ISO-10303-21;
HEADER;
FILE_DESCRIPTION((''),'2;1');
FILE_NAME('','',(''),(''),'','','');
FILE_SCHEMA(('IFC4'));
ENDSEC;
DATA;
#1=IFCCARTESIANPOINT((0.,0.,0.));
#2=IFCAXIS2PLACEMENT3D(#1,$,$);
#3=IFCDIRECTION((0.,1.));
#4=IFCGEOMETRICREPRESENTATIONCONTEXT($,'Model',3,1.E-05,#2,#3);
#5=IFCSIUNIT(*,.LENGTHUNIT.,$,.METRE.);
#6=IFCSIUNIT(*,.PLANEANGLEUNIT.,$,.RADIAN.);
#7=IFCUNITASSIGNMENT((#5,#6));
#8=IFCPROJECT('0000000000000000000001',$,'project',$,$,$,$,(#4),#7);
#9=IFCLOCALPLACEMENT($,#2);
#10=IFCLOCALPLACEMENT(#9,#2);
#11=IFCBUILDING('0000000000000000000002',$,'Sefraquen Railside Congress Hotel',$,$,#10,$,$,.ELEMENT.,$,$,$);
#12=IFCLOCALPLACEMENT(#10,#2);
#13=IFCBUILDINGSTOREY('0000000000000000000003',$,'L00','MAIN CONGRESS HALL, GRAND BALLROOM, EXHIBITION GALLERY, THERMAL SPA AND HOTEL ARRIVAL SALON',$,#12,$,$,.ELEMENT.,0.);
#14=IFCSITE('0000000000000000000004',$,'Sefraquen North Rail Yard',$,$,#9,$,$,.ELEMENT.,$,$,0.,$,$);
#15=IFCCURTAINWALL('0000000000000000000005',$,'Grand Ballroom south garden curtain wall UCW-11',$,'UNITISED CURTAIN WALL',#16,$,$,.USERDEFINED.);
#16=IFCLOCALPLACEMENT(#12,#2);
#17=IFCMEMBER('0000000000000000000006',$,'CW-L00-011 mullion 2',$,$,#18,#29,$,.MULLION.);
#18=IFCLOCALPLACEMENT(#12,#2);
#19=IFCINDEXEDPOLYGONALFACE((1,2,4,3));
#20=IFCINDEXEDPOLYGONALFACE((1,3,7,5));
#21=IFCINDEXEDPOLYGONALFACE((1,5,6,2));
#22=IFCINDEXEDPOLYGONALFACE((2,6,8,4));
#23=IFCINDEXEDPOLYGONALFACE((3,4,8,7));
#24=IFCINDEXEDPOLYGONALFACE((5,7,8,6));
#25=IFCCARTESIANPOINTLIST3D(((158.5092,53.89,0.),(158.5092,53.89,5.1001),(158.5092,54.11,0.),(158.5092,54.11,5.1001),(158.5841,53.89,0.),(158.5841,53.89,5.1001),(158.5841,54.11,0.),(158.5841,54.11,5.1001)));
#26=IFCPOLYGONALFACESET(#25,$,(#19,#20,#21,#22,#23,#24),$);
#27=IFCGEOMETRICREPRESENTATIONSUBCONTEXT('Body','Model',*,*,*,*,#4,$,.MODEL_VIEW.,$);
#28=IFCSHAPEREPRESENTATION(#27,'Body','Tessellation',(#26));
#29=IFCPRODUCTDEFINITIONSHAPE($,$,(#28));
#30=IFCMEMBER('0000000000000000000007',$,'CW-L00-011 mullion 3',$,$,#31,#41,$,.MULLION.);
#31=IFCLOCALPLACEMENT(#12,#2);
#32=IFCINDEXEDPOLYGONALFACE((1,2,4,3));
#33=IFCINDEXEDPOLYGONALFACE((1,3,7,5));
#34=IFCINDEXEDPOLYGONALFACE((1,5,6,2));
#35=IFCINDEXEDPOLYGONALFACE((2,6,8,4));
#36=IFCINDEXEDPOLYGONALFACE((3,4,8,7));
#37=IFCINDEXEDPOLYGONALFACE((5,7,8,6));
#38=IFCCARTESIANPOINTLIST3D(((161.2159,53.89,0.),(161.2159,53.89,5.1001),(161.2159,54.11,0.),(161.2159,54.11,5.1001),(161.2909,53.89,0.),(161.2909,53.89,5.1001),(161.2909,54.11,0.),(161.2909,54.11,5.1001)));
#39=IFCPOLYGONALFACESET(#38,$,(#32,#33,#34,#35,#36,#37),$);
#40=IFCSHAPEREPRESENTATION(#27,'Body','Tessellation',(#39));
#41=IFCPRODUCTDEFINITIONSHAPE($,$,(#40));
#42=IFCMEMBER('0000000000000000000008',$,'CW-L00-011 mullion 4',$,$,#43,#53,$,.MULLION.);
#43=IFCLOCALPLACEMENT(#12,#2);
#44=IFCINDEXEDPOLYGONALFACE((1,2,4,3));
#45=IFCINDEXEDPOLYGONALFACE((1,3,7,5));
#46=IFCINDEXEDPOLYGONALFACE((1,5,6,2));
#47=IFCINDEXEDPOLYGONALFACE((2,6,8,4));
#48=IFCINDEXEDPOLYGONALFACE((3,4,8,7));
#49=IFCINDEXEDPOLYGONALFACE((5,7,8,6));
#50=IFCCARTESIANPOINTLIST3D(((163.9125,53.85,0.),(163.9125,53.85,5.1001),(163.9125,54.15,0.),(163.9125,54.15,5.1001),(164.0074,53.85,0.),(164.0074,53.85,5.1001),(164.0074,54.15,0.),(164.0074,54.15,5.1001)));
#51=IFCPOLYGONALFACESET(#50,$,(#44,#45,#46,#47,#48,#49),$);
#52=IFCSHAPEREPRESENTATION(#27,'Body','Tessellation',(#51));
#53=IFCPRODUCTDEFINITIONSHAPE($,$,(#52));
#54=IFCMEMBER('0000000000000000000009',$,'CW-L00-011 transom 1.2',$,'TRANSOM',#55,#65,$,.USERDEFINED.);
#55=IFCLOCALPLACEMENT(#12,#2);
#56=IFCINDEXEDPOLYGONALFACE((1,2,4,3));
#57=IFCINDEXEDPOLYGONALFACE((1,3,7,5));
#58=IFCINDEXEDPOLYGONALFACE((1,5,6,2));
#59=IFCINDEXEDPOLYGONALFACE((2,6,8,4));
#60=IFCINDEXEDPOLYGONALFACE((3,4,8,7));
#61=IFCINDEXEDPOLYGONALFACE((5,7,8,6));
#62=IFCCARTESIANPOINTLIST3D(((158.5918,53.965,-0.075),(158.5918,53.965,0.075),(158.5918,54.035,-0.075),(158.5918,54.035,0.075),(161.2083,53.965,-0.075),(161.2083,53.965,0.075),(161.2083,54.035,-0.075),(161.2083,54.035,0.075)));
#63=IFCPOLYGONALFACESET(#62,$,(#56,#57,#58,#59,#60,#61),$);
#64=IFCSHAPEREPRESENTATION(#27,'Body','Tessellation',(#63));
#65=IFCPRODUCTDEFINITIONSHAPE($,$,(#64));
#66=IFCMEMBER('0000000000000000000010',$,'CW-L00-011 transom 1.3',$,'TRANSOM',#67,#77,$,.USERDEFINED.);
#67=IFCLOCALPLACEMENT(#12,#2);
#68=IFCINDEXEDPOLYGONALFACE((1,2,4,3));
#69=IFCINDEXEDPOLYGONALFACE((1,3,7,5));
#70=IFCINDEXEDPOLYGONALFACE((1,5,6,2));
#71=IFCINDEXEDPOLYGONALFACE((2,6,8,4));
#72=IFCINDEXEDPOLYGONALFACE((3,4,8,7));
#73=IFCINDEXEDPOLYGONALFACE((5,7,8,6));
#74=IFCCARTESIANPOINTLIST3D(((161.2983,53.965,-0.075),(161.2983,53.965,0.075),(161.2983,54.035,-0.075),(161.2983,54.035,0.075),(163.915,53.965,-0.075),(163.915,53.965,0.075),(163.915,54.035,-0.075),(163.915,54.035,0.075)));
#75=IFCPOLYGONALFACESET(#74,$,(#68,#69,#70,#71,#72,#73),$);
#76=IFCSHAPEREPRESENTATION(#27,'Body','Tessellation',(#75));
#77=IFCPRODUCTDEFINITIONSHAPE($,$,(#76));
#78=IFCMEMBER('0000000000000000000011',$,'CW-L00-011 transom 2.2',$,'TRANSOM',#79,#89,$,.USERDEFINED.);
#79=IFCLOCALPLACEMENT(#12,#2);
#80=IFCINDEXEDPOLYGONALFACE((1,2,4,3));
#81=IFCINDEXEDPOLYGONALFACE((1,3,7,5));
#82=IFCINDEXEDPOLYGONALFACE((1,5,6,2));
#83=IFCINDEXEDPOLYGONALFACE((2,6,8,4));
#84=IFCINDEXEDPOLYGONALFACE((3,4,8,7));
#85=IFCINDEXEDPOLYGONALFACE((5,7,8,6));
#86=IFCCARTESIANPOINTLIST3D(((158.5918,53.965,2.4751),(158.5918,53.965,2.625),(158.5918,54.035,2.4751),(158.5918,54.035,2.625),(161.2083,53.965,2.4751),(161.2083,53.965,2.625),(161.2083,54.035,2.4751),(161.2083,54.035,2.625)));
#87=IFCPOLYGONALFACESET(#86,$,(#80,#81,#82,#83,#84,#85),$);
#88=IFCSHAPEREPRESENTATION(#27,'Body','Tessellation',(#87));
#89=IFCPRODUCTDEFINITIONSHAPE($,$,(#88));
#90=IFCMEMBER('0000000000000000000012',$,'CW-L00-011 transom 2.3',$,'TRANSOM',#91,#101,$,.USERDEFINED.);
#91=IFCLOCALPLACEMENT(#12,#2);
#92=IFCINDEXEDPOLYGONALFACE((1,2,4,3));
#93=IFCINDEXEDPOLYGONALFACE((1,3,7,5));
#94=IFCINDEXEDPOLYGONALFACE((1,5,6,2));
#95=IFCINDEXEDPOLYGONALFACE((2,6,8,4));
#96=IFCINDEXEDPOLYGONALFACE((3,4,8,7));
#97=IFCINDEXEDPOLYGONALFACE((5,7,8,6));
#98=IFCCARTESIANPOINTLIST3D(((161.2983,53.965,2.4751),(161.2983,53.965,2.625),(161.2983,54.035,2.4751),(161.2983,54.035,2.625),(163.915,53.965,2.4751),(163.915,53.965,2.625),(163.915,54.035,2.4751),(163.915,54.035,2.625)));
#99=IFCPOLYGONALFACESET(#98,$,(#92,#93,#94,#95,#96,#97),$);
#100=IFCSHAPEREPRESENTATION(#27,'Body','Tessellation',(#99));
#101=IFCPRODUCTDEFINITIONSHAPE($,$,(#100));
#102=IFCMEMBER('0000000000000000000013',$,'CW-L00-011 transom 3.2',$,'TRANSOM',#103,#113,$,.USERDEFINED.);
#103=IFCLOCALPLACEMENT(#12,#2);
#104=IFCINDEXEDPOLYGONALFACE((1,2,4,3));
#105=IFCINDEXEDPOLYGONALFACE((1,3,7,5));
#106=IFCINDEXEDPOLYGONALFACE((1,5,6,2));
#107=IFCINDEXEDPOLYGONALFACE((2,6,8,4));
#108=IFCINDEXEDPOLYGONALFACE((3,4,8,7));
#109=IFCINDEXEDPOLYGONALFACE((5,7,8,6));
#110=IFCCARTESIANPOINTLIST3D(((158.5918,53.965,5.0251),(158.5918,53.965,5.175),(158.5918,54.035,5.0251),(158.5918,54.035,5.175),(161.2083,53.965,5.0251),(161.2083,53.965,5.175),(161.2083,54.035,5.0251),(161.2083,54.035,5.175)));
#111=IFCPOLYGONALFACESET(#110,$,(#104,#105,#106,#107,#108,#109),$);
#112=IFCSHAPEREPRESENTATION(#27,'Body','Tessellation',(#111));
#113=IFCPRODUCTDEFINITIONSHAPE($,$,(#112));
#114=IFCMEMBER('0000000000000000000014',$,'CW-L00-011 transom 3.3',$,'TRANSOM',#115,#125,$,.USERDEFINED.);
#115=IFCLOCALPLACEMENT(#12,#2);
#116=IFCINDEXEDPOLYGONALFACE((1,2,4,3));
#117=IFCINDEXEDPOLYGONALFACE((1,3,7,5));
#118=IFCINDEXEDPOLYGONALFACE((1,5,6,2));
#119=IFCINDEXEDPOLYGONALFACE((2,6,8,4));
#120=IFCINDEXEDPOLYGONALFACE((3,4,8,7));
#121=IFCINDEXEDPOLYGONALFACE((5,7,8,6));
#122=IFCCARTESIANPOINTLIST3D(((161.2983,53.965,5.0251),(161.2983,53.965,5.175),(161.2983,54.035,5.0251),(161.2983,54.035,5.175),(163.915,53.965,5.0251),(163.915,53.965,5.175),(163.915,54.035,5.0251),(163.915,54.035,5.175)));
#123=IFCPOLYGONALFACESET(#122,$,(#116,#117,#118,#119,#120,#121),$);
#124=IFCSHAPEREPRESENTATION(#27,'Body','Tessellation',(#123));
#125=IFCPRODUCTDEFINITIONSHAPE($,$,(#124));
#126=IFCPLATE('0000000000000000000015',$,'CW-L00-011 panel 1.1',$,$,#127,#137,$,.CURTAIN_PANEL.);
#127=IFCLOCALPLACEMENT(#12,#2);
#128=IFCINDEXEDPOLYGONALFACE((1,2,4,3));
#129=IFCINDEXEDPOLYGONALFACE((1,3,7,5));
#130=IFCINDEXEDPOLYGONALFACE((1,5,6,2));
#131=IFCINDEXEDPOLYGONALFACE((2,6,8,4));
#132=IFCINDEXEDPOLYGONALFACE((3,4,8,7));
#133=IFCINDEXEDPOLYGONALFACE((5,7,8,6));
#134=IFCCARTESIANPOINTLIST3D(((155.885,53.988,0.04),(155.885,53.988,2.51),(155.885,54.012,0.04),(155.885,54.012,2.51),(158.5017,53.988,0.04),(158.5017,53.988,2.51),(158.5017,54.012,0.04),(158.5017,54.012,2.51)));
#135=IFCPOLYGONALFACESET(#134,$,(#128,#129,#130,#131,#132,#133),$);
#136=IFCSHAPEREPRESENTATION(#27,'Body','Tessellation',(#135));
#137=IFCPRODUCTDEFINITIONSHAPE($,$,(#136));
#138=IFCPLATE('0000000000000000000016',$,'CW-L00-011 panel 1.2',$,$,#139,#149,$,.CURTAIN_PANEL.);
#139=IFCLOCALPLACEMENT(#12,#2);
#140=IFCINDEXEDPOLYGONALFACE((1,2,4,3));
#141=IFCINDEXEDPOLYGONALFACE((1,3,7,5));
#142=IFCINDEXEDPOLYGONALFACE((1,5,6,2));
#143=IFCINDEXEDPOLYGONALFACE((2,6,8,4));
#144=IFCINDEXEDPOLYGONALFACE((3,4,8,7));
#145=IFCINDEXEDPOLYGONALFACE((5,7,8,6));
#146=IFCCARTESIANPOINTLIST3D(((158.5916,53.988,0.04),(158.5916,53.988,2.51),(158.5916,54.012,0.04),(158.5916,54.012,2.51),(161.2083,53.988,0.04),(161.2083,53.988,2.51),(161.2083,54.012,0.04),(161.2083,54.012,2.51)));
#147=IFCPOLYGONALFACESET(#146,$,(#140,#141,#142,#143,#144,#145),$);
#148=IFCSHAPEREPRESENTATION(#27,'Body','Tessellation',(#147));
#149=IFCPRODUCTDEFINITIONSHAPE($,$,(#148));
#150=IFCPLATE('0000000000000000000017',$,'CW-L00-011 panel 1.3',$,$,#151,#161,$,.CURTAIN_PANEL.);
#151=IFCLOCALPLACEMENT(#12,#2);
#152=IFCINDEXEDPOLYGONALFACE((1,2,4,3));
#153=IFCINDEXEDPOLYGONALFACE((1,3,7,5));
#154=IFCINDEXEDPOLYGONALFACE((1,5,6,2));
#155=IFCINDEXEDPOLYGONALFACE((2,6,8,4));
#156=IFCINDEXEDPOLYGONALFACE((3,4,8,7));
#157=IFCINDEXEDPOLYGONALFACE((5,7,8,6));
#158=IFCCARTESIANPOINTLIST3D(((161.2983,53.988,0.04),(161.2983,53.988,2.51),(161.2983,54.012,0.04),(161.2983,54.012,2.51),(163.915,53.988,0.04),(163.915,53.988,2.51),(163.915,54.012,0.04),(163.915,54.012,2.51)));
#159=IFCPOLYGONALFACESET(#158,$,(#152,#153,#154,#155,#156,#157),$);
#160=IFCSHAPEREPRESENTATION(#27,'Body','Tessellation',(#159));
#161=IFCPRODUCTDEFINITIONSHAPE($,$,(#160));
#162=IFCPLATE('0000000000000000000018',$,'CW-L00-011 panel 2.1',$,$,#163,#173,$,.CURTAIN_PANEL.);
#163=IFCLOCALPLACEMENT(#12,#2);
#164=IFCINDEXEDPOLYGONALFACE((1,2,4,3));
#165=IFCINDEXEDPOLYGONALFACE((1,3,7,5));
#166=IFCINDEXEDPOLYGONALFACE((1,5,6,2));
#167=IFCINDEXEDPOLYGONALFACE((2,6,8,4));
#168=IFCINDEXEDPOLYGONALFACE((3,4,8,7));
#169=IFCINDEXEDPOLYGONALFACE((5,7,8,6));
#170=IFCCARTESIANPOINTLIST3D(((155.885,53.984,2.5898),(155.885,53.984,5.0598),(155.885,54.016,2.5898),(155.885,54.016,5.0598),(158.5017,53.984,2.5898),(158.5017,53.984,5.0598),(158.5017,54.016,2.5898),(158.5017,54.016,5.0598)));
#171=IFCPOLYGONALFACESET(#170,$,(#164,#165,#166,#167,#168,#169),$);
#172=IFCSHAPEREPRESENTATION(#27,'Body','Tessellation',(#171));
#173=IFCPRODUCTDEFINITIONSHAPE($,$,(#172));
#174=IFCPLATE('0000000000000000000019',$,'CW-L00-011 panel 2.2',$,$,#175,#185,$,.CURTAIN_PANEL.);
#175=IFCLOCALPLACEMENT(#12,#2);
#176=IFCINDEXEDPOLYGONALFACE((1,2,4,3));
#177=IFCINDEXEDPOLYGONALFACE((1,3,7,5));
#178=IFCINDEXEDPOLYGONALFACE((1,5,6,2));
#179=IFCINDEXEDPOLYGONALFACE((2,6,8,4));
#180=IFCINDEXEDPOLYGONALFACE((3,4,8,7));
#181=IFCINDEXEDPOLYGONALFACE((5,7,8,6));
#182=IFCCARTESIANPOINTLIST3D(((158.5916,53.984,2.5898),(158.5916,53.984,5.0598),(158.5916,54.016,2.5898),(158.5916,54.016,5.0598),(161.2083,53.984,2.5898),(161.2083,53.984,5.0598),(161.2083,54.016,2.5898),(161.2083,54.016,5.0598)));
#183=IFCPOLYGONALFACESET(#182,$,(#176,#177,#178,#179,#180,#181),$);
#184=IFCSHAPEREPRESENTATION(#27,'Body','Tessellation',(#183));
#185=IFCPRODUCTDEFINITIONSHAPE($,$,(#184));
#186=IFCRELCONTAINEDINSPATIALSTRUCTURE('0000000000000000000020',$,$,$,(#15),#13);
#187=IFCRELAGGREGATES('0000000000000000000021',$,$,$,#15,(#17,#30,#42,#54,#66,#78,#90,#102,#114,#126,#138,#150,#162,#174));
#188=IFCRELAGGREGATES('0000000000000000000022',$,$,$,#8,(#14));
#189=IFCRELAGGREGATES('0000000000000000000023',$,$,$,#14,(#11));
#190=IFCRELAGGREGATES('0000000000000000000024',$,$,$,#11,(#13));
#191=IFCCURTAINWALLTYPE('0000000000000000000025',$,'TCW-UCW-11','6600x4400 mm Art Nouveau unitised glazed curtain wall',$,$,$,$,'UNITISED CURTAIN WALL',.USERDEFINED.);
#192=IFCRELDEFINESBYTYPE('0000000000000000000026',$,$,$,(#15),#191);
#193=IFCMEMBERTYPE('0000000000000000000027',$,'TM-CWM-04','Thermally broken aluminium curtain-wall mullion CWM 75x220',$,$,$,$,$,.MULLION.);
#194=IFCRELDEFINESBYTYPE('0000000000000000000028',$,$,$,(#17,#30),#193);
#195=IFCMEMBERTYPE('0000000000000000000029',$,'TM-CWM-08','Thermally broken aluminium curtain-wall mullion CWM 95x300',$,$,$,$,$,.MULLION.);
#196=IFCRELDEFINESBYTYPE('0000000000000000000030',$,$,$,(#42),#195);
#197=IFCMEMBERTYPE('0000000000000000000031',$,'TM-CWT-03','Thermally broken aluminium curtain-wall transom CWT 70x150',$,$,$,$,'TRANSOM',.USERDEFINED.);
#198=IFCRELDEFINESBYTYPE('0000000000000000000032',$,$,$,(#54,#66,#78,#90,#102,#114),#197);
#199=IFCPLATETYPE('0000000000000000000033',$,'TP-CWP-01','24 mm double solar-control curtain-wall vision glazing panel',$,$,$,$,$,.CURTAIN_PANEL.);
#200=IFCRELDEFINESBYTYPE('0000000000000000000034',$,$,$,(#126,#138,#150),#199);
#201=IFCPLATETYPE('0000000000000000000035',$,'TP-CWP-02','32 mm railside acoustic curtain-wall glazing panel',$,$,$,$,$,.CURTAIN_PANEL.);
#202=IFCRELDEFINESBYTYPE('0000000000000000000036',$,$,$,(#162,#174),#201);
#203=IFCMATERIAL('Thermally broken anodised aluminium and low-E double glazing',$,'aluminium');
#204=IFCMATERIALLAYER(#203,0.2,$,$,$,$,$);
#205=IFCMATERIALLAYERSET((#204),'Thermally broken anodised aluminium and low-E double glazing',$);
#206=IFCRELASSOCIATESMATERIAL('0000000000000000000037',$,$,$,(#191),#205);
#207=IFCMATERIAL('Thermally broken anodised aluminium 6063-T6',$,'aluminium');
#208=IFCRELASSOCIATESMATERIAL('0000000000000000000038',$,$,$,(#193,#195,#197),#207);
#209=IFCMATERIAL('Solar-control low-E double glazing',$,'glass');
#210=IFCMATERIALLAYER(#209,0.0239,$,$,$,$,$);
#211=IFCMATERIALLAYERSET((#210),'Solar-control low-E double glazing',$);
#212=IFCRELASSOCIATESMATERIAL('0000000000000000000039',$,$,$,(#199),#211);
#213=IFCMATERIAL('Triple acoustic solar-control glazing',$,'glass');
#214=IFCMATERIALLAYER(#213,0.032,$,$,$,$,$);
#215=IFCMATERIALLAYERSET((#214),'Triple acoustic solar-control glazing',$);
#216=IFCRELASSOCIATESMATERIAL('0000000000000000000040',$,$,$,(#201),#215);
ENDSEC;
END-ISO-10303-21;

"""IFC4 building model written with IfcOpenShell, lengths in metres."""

from ifc_helpers import new_model, si_unit, direction, frame, origin, origin_2d, place, context, subcontext, project, spatial, rectangle, extrude, material, layer, layer_set, material_profile, profile_set, type_object, element, aggregate, save


model = new_model("IFC4")

# Units and contexts
model_context = context("Model", 3, precision=1e-05, world=origin(), true_north=direction((0.0, 1.0)))
body_context = subcontext(model_context, "Body", "Model", "MODEL_VIEW")
ifc_project = project(units=[si_unit("LENGTHUNIT", "METRE"), si_unit("PLANEANGLEUNIT", "RADIAN")], contexts=[model_context])

# Site, building, storey
site_placement = place(None, origin())
site = spatial("IfcSite", under=ifc_project, at=site_placement, Name="Sefraquen North Rail Yard", CompositionType="ELEMENT", RefElevation=0.0)
building_placement = place(site_placement, origin())
building = spatial("IfcBuilding", under=site, at=building_placement, Name="Sefraquen Railside Congress Hotel", CompositionType="ELEMENT")
storey_placement = place(building_placement, origin())
storey = spatial("IfcBuildingStorey", under=building, at=storey_placement, Name="L00", Description="MAIN CONGRESS HALL, GRAND BALLROOM, EXHIBITION GALLERY, THERMAL SPA AND HOTEL ARRIVAL SALON", CompositionType="ELEMENT", Elevation=0.0)

# Curtain wall, members, plates
ifc_material_1 = material(Name="Thermally broken anodised aluminium and low-E double glazing", Category="aluminium")
ifc_layer_1 = layer(ifc_material_1, 0.2)
ifc_layer_set_1 = layer_set([ifc_layer_1], Name="Thermally broken anodised aluminium and low-E double glazing")
curtain_wall_type = type_object("IfcCurtainWallType", Name="TCW-UCW-11", Description="6600x4400 mm Art Nouveau unitised glazed curtain wall", ElementType="UNITISED CURTAIN WALL", PredefinedType="USERDEFINED", material=ifc_layer_set_1)
curtain_wall_placement = place(storey_placement, origin())
curtain_wall = element("IfcCurtainWall", 1, at=curtain_wall_placement, inside=storey, type_object=curtain_wall_type, Name="Grand Ballroom south garden curtain wall UCW-11", ObjectType="UNITISED CURTAIN WALL", PredefinedType="USERDEFINED")
ifc_material_2 = material(Name="Thermally broken anodised aluminium 6063-T6", Category="aluminium")
ifc_material_profile_1 = material_profile(ifc_material_2, rectangle(XDim=0.075, YDim=0.22, at=origin_2d()), Name="CWM 75x220")
ifc_profile_set_1 = profile_set([ifc_material_profile_1], Name="Thermally broken anodised aluminium 6063-T6")
member_type_1 = type_object("IfcMemberType", Name="TM-CWM-04", Description="Thermally broken aluminium curtain-wall mullion CWM 75x220", PredefinedType="MULLION", material=ifc_profile_set_1)
member_1_placement = place(storey_placement, frame((158.5466, 54.0, 0.0), z_axis=(0.0, 0.0, 1.0), x_axis=(1.0, 0.0, 0.0)))
member_1 = element("IfcMember", 2, at=member_1_placement, type_object=member_type_1, Name="CW-L00-011 mullion 2", PredefinedType="MULLION", context=body_context, shape_type="SweptSolid", body=[
    extrude(rectangle(XDim=0.075, YDim=0.22, at=origin_2d()), origin(), (0.0, 0.0, 1.0), 5.1001),
])
member_2_placement = place(storey_placement, frame((161.2534, 54.0, 0.0), z_axis=(0.0, 0.0, 1.0), x_axis=(1.0, 0.0, 0.0)))
member_2 = element("IfcMember", 3, at=member_2_placement, type_object=member_type_1, Name="CW-L00-011 mullion 3", PredefinedType="MULLION", context=body_context, shape_type="SweptSolid", body=[
    extrude(rectangle(XDim=0.075, YDim=0.22, at=origin_2d()), origin(), (0.0, 0.0, 1.0), 5.1001),
])
ifc_material_profile_2 = material_profile(ifc_material_2, rectangle(XDim=0.095, YDim=0.3, at=origin_2d()), Name="CWM 95x300")
ifc_profile_set_2 = profile_set([ifc_material_profile_2], Name="Thermally broken anodised aluminium 6063-T6")
member_type_2 = type_object("IfcMemberType", Name="TM-CWM-08", Description="Thermally broken aluminium curtain-wall mullion CWM 95x300", PredefinedType="MULLION", material=ifc_profile_set_2)
member_3_placement = place(storey_placement, frame((163.96, 54.0, 0.0), z_axis=(0.0, 0.0, 1.0), x_axis=(1.0, 0.0, 0.0)))
member_3 = element("IfcMember", 4, at=member_3_placement, type_object=member_type_2, Name="CW-L00-011 mullion 4", PredefinedType="MULLION", context=body_context, shape_type="SweptSolid", body=[
    extrude(rectangle(XDim=0.095, YDim=0.3, at=origin_2d()), origin(), (0.0, 0.0, 1.0), 5.1001),
])
ifc_material_profile_3 = material_profile(ifc_material_2, rectangle(XDim=0.0701, YDim=0.1499, at=origin_2d()), Name="CWT 70x150")
ifc_profile_set_3 = profile_set([ifc_material_profile_3], Name="Thermally broken anodised aluminium 6063-T6")
member_type_3 = type_object("IfcMemberType", Name="TM-CWT-03", Description="Thermally broken aluminium curtain-wall transom CWT 70x150", ElementType="TRANSOM", PredefinedType="USERDEFINED", material=ifc_profile_set_3)
member_4_placement = place(storey_placement, frame((158.5918, 54.0, 0.0), z_axis=(1.0, 0.0, 0.0), x_axis=(0.0, 1.0, 0.0)))
member_4 = element("IfcMember", 5, at=member_4_placement, type_object=member_type_3, Name="CW-L00-011 transom 1.2", ObjectType="TRANSOM", PredefinedType="USERDEFINED", context=body_context, shape_type="SweptSolid", body=[
    extrude(rectangle(XDim=0.0701, YDim=0.1499, at=origin_2d()), origin(), (0.0, 0.0, 1.0), 2.6165),
])
member_5_placement = place(storey_placement, frame((161.2983, 54.0, 0.0), z_axis=(1.0, 0.0, 0.0), x_axis=(0.0, 1.0, 0.0)))
member_5 = element("IfcMember", 6, at=member_5_placement, type_object=member_type_3, Name="CW-L00-011 transom 1.3", ObjectType="TRANSOM", PredefinedType="USERDEFINED", context=body_context, shape_type="SweptSolid", body=[
    extrude(rectangle(XDim=0.0701, YDim=0.1499, at=origin_2d()), origin(), (0.0, 0.0, 1.0), 2.6167),
])
member_6_placement = place(storey_placement, frame((158.5918, 54.0, 2.55), z_axis=(1.0, 0.0, 0.0), x_axis=(0.0, 1.0, 0.0)))
member_6 = element("IfcMember", 7, at=member_6_placement, type_object=member_type_3, Name="CW-L00-011 transom 2.2", ObjectType="TRANSOM", PredefinedType="USERDEFINED", context=body_context, shape_type="SweptSolid", body=[
    extrude(rectangle(XDim=0.0701, YDim=0.1499, at=origin_2d()), origin(), (0.0, 0.0, 1.0), 2.6165),
])
member_7_placement = place(storey_placement, frame((161.2983, 54.0, 2.55), z_axis=(1.0, 0.0, 0.0), x_axis=(0.0, 1.0, 0.0)))
member_7 = element("IfcMember", 8, at=member_7_placement, type_object=member_type_3, Name="CW-L00-011 transom 2.3", ObjectType="TRANSOM", PredefinedType="USERDEFINED", context=body_context, shape_type="SweptSolid", body=[
    extrude(rectangle(XDim=0.0701, YDim=0.1499, at=origin_2d()), origin(), (0.0, 0.0, 1.0), 2.6167),
])
member_8_placement = place(storey_placement, frame((158.5918, 54.0, 5.1001), z_axis=(1.0, 0.0, 0.0), x_axis=(0.0, 1.0, 0.0)))
member_8 = element("IfcMember", 9, at=member_8_placement, type_object=member_type_3, Name="CW-L00-011 transom 3.2", ObjectType="TRANSOM", PredefinedType="USERDEFINED", context=body_context, shape_type="SweptSolid", body=[
    extrude(rectangle(XDim=0.0701, YDim=0.1499, at=origin_2d()), origin(), (0.0, 0.0, 1.0), 2.6165),
])
member_9_placement = place(storey_placement, frame((161.2983, 54.0, 5.1001), z_axis=(1.0, 0.0, 0.0), x_axis=(0.0, 1.0, 0.0)))
member_9 = element("IfcMember", 10, at=member_9_placement, type_object=member_type_3, Name="CW-L00-011 transom 3.3", ObjectType="TRANSOM", PredefinedType="USERDEFINED", context=body_context, shape_type="SweptSolid", body=[
    extrude(rectangle(XDim=0.0701, YDim=0.1499, at=origin_2d()), origin(), (0.0, 0.0, 1.0), 2.6167),
])
ifc_material_3 = material(Name="Solar-control low-E double glazing", Category="glass")
ifc_layer_2 = layer(ifc_material_3, 0.0239)
ifc_layer_set_2 = layer_set([ifc_layer_2], Name="Solar-control low-E double glazing")
plate_type_1 = type_object("IfcPlateType", Name="TP-CWP-01", Description="24 mm double solar-control curtain-wall vision glazing panel", PredefinedType="CURTAIN_PANEL", material=ifc_layer_set_2)
plate_1_placement = place(storey_placement, frame((157.1934, 54.0, 0.04), z_axis=(0.0, 0.0, 1.0), x_axis=(1.0, 0.0, 0.0)))
plate_1 = element("IfcPlate", 11, at=plate_1_placement, type_object=plate_type_1, Name="CW-L00-011 panel 1.1", PredefinedType="CURTAIN_PANEL", context=body_context, shape_type="SweptSolid", body=[
    extrude(rectangle(XDim=2.6167, YDim=0.0239, at=origin_2d()), origin(), (0.0, 0.0, 1.0), 2.47),
])
plate_2_placement = place(storey_placement, frame((159.8999, 54.0, 0.04), z_axis=(0.0, 0.0, 1.0), x_axis=(1.0, 0.0, 0.0)))
plate_2 = element("IfcPlate", 12, at=plate_2_placement, type_object=plate_type_1, Name="CW-L00-011 panel 1.2", PredefinedType="CURTAIN_PANEL", context=body_context, shape_type="SweptSolid", body=[
    extrude(rectangle(XDim=2.6167, YDim=0.0239, at=origin_2d()), origin(), (0.0, 0.0, 1.0), 2.47),
])
plate_3_placement = place(storey_placement, frame((162.6067, 54.0, 0.04), z_axis=(0.0, 0.0, 1.0), x_axis=(1.0, 0.0, 0.0)))
plate_3 = element("IfcPlate", 13, at=plate_3_placement, type_object=plate_type_1, Name="CW-L00-011 panel 1.3", PredefinedType="CURTAIN_PANEL", context=body_context, shape_type="SweptSolid", body=[
    extrude(rectangle(XDim=2.6167, YDim=0.0239, at=origin_2d()), origin(), (0.0, 0.0, 1.0), 2.47),
])
ifc_material_4 = material(Name="Triple acoustic solar-control glazing", Category="glass")
ifc_layer_3 = layer(ifc_material_4, 0.032)
ifc_layer_set_3 = layer_set([ifc_layer_3], Name="Triple acoustic solar-control glazing")
plate_type_2 = type_object("IfcPlateType", Name="TP-CWP-02", Description="32 mm railside acoustic curtain-wall glazing panel", PredefinedType="CURTAIN_PANEL", material=ifc_layer_set_3)
plate_4_placement = place(storey_placement, frame((157.1934, 54.0, 2.5898), z_axis=(0.0, 0.0, 1.0), x_axis=(1.0, 0.0, 0.0)))
plate_4 = element("IfcPlate", 14, at=plate_4_placement, type_object=plate_type_2, Name="CW-L00-011 panel 2.1", PredefinedType="CURTAIN_PANEL", context=body_context, shape_type="SweptSolid", body=[
    extrude(rectangle(XDim=2.6167, YDim=0.032, at=origin_2d()), origin(), (0.0, 0.0, 1.0), 2.47),
])
plate_5_placement = place(storey_placement, frame((159.8999, 54.0, 2.5898), z_axis=(0.0, 0.0, 1.0), x_axis=(1.0, 0.0, 0.0)))
plate_5 = element("IfcPlate", 15, at=plate_5_placement, type_object=plate_type_2, Name="CW-L00-011 panel 2.2", PredefinedType="CURTAIN_PANEL", context=body_context, shape_type="SweptSolid", body=[
    extrude(rectangle(XDim=2.6167, YDim=0.032, at=origin_2d()), origin(), (0.0, 0.0, 1.0), 2.47),
])
aggregate(curtain_wall, [member_1, member_2, member_3, member_4, member_5, member_6, member_7, member_8, member_9, plate_1, plate_2, plate_3, plate_4, plate_5])

save(model, "model.ifc")
